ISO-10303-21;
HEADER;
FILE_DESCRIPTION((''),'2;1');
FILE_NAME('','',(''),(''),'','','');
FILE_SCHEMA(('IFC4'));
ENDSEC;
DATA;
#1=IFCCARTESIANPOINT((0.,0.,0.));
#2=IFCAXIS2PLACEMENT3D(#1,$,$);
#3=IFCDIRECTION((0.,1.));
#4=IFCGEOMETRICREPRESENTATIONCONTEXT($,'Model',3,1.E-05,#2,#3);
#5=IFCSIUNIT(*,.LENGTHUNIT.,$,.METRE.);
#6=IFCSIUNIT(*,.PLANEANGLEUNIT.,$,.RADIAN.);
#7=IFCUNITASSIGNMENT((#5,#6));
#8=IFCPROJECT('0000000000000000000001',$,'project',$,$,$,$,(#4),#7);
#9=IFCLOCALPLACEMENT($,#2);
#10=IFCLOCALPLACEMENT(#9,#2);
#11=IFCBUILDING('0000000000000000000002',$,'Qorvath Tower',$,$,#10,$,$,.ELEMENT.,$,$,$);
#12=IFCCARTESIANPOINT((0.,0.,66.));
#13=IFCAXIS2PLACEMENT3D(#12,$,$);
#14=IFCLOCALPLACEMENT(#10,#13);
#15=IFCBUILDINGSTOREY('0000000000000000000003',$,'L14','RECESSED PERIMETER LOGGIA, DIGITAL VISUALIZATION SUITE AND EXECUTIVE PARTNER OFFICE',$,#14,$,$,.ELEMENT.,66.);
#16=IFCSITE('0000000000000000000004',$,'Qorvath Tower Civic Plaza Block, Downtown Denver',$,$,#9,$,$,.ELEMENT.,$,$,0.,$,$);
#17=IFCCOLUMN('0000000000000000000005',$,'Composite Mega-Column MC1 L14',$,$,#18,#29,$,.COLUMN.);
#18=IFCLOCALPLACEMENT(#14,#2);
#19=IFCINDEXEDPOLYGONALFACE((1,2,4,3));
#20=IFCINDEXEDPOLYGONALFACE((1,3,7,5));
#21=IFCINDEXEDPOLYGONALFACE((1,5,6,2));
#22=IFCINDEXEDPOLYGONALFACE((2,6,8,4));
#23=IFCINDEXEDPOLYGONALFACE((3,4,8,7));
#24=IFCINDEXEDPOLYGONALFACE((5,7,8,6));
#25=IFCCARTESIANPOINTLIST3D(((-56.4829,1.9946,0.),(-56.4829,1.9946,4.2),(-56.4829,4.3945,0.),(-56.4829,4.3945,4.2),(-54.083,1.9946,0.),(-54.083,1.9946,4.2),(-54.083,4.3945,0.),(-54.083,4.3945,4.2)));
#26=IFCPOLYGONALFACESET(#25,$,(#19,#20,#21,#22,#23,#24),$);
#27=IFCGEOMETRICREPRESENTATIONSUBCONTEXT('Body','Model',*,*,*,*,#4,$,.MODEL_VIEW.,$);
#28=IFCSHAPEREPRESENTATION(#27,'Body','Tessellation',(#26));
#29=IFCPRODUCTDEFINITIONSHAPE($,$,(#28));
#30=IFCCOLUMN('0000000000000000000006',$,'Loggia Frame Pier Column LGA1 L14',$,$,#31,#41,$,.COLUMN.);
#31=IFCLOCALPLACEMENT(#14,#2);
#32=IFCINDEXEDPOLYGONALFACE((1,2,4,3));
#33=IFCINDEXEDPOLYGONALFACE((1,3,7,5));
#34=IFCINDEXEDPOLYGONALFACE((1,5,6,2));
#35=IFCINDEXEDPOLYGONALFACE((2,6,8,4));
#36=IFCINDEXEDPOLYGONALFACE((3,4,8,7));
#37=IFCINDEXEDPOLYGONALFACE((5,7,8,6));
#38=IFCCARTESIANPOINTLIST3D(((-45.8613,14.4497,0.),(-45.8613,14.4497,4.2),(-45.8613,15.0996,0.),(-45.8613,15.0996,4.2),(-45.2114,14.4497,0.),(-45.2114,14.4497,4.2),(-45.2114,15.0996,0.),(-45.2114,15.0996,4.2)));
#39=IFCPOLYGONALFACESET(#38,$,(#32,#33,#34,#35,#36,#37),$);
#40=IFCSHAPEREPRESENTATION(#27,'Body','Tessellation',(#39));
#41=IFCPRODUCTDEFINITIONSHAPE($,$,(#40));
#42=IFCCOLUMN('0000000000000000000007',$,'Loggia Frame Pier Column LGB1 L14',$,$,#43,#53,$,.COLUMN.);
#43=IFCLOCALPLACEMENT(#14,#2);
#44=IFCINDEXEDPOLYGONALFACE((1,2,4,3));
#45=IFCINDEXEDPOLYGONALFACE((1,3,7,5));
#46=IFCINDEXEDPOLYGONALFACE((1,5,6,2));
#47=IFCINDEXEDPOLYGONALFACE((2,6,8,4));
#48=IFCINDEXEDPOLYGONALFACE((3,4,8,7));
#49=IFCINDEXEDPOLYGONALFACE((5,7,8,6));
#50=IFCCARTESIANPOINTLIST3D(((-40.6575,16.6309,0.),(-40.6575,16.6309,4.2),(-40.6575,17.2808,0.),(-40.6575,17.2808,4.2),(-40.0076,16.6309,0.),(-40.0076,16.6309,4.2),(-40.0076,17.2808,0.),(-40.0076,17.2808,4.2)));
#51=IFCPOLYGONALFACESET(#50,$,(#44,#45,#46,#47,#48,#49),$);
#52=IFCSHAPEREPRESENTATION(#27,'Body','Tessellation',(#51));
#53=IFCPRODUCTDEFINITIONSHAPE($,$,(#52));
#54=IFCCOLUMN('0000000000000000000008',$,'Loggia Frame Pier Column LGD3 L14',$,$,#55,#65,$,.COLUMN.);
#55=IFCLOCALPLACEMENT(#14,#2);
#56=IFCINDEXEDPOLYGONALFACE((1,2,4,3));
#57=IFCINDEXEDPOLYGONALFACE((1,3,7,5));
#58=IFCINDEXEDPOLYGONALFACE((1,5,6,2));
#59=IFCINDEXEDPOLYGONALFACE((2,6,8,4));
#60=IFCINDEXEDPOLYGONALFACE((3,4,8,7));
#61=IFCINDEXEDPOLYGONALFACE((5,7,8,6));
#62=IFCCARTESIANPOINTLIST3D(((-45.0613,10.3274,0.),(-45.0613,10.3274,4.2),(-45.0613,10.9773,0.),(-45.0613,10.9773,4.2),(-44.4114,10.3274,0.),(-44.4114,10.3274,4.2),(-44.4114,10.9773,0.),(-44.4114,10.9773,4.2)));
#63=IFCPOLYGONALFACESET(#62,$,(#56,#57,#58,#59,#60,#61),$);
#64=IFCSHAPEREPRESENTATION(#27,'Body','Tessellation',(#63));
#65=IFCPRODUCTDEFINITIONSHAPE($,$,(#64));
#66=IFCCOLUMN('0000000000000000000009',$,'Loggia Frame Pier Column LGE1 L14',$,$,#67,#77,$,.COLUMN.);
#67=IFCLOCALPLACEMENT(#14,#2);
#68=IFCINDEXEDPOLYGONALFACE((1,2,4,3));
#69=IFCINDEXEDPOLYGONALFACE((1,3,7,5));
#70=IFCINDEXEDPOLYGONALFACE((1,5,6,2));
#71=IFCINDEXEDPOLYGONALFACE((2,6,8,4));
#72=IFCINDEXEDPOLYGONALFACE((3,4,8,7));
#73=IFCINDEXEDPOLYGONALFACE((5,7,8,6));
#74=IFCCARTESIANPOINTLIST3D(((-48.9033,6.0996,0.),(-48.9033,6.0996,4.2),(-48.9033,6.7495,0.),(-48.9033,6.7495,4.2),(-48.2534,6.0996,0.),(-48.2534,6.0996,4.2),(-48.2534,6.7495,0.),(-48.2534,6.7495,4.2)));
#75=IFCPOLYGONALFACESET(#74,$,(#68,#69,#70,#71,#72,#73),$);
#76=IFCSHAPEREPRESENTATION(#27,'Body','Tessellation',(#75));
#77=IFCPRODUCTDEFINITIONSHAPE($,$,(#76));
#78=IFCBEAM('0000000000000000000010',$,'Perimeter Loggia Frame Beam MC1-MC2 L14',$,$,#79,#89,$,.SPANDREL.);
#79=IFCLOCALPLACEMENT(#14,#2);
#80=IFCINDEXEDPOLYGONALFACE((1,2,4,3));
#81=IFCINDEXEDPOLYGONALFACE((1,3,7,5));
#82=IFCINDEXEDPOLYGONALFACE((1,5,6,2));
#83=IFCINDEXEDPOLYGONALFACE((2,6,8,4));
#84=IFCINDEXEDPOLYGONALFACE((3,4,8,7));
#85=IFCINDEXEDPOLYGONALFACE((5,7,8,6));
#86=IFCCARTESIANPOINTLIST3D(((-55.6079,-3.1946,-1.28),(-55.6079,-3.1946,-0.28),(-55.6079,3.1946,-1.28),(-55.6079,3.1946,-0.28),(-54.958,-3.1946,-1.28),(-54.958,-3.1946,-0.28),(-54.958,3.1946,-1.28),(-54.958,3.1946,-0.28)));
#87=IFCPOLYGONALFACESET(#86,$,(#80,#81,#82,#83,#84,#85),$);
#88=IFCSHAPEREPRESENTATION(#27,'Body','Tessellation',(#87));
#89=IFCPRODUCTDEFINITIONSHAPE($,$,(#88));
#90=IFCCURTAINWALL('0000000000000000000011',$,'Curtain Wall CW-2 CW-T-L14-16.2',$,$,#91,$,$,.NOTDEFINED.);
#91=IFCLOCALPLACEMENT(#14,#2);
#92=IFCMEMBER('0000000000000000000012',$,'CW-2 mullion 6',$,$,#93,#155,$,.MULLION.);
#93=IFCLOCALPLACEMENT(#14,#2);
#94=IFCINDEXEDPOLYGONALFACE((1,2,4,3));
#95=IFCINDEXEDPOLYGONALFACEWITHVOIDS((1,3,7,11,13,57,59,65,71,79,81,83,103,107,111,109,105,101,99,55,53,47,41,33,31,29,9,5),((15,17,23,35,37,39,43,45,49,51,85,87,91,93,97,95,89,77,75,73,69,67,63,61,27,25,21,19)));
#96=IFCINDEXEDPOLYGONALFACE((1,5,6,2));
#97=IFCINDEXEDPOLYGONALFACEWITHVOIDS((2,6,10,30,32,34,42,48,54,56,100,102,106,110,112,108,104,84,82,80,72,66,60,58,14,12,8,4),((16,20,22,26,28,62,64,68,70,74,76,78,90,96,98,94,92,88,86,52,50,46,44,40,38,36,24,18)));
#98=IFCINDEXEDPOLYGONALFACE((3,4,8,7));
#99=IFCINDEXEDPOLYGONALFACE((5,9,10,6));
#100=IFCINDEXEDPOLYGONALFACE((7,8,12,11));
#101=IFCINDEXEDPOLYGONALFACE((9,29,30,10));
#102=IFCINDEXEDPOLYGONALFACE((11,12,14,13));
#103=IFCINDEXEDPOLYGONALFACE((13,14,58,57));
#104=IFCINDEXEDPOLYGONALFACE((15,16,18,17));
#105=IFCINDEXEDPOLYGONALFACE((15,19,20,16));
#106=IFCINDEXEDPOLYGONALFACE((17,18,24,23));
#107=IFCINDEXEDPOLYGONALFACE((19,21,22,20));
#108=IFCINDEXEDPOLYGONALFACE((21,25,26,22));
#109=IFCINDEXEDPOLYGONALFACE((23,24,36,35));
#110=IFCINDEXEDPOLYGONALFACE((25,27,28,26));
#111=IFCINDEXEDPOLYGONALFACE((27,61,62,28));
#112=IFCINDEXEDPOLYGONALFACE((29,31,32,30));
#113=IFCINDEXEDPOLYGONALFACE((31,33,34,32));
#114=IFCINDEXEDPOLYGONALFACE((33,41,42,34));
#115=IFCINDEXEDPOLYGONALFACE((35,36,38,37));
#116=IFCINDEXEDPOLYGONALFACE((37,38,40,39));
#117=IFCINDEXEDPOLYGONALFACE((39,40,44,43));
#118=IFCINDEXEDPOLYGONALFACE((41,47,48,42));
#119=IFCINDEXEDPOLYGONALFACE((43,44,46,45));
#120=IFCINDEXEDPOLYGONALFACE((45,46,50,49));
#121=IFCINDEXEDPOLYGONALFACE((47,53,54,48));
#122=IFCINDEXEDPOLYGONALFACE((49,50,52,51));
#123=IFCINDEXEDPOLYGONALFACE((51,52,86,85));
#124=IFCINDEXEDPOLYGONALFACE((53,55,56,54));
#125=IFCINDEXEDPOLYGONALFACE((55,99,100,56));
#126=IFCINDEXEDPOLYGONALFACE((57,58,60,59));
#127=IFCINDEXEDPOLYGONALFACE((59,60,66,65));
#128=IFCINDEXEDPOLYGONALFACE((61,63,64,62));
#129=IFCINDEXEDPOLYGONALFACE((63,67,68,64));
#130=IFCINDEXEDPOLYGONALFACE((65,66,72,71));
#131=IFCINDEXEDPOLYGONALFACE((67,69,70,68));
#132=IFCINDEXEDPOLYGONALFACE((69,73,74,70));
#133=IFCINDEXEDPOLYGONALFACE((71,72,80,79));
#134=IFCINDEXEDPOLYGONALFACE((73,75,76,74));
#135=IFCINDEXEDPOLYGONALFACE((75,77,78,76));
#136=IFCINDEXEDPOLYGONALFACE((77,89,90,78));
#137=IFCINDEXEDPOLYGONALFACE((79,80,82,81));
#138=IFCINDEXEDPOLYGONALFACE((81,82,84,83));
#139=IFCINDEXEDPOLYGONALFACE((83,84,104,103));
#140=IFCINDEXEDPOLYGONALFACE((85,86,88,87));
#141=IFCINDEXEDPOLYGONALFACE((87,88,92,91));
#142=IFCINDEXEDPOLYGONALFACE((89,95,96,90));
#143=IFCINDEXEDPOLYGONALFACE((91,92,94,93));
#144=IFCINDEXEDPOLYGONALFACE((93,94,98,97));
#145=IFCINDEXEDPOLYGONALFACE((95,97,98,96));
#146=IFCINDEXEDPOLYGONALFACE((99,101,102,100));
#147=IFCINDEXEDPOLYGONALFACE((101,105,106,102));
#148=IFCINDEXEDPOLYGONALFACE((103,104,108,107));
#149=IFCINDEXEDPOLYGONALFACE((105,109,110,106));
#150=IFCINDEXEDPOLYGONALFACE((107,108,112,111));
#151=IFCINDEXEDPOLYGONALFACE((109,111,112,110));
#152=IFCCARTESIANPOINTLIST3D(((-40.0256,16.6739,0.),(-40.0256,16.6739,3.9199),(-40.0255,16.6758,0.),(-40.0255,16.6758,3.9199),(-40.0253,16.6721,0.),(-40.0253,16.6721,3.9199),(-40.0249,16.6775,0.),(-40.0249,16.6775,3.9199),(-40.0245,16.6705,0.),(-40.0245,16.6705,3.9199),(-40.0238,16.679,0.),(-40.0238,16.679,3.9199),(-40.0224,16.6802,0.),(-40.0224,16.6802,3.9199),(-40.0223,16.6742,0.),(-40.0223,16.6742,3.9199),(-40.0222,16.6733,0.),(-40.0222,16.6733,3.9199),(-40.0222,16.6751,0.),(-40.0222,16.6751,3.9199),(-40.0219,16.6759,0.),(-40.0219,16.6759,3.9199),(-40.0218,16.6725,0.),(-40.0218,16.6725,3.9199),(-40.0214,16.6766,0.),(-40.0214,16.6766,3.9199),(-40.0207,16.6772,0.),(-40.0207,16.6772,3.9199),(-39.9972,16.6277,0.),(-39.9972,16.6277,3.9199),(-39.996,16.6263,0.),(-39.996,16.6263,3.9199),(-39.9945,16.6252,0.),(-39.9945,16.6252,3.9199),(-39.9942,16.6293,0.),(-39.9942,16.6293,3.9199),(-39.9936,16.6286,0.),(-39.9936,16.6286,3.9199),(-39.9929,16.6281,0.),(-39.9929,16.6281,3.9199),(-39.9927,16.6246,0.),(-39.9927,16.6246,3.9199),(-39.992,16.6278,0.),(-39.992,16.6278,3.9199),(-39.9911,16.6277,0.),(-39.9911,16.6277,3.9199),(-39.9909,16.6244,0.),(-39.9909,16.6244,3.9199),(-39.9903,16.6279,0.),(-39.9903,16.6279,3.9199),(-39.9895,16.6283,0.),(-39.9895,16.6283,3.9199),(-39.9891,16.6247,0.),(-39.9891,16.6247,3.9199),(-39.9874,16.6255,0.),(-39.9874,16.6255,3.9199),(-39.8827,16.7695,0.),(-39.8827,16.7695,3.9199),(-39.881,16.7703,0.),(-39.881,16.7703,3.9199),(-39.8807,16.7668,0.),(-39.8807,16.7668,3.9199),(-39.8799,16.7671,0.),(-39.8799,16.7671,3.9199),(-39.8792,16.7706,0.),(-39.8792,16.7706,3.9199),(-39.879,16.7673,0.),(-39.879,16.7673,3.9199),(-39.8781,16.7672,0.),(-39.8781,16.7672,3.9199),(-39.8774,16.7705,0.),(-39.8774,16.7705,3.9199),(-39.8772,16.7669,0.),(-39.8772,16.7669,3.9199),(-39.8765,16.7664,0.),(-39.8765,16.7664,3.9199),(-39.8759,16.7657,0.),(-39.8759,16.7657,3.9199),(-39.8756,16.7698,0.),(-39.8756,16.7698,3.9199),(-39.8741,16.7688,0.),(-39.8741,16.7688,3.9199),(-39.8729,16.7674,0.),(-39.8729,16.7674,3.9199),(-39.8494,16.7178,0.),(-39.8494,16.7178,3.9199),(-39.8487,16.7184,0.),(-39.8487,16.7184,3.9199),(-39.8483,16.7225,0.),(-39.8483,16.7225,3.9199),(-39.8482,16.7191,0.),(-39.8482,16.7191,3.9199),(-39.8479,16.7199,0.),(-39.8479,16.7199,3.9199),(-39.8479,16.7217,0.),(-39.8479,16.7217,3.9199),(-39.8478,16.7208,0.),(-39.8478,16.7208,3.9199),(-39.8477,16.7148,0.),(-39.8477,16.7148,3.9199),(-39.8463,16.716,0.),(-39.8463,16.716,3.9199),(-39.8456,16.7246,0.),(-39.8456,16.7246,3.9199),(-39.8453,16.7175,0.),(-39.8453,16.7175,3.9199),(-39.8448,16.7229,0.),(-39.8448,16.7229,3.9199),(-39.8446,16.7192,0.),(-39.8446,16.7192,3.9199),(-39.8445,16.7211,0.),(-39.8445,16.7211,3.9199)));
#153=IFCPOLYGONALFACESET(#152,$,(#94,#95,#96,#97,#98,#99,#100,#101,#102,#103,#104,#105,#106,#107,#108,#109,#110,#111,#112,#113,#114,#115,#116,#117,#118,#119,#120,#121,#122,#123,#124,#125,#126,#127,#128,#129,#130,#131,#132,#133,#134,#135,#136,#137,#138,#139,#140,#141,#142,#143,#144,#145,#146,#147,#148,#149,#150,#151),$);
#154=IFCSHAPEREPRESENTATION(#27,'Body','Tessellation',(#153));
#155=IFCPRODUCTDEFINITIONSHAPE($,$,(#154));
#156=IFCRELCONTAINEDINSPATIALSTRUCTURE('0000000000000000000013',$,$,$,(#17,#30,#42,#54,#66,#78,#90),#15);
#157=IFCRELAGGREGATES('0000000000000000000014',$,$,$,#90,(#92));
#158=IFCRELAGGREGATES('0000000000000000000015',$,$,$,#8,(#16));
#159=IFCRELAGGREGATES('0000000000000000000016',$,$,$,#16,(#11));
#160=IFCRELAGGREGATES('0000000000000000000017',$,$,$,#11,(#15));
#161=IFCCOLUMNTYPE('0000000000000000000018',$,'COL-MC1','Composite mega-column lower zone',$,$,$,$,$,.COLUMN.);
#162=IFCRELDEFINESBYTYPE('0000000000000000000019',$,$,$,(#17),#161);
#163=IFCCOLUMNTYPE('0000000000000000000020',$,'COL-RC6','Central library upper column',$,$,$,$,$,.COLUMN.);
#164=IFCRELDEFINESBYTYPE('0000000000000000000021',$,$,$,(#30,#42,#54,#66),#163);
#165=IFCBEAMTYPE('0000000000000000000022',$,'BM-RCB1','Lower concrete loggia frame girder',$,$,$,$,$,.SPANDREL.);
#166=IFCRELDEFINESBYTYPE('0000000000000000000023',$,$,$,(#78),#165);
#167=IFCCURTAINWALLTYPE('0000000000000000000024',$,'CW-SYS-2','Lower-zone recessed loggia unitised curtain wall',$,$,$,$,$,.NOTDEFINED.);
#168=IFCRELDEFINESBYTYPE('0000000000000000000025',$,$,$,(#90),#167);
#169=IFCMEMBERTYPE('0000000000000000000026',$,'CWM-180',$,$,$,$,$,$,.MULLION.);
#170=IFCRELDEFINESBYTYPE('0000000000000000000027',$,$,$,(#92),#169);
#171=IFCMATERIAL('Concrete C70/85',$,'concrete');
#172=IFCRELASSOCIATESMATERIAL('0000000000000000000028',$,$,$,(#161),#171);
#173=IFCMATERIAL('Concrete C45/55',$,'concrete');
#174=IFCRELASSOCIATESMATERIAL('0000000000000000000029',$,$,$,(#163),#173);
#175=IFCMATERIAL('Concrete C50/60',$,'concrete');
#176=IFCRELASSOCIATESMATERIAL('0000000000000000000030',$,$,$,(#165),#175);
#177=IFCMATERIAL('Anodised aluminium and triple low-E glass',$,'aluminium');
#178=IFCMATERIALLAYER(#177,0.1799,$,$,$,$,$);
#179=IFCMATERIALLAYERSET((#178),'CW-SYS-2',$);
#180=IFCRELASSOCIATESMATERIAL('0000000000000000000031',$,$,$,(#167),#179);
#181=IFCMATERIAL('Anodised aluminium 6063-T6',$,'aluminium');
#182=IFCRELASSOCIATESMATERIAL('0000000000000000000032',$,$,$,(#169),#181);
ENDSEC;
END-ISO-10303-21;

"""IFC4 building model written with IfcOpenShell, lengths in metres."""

from ifc_helpers import new_model, si_unit, direction, frame, origin, origin_2d, place, context, subcontext, project, spatial, rectangle, hollow_rectangle, extrude, material, layer, layer_set, material_profile, profile_set, type_object, element, aggregate, save


model = new_model("IFC4")

# Units and contexts
model_context = context("Model", 3, precision=1e-05, world=origin(), true_north=direction((0.0, 1.0)))
body_context = subcontext(model_context, "Body", "Model", "MODEL_VIEW")
ifc_project = project(units=[si_unit("LENGTHUNIT", "METRE"), si_unit("PLANEANGLEUNIT", "RADIAN")], contexts=[model_context])

# Site, building, storey
site_placement = place(None, origin())
site = spatial("IfcSite", under=ifc_project, at=site_placement, Name="Qorvath Tower Civic Plaza Block, Downtown Denver", CompositionType="ELEMENT", RefElevation=0.0)
building_placement = place(site_placement, origin())
building = spatial("IfcBuilding", under=site, at=building_placement, Name="Qorvath Tower", CompositionType="ELEMENT")
storey_placement = place(building_placement, frame((0.0, 0.0, 66.0)))
storey = spatial("IfcBuildingStorey", under=building, at=storey_placement, Name="L14", Description="RECESSED PERIMETER LOGGIA, DIGITAL VISUALIZATION SUITE AND EXECUTIVE PARTNER OFFICE", CompositionType="ELEMENT", Elevation=66.0)

# Columns
ifc_material_1 = material(Name="Concrete C70/85", Category="concrete")
ifc_material_profile_1 = material_profile(ifc_material_1, rectangle(XDim=2.3999, YDim=2.3999, at=origin_2d()), Name="MC 2400x2400")
ifc_profile_set_1 = profile_set([ifc_material_profile_1], Name="Concrete C70/85")
column_type_1 = type_object("IfcColumnType", Name="COL-MC1", Description="Composite mega-column lower zone", PredefinedType="COLUMN", material=ifc_profile_set_1)
column_placement = place(storey_placement, frame((-55.283, 3.1946, 0.0), z_axis=(0.0, 0.0, 1.0), x_axis=(1.0, 0.0, 0.0)))
element("IfcColumn", 1, at=column_placement, inside=storey, type_object=column_type_1, Name="Composite Mega-Column MC1 L14", PredefinedType="COLUMN", context=body_context, shape_type="SweptSolid", body=[
    extrude(rectangle(XDim=2.3999, YDim=2.3999, at=origin_2d()), origin(), (0.0, 0.0, 1.0), 4.2),
])
ifc_material_2 = material(Name="Concrete C45/55", Category="concrete")
ifc_material_profile_2 = material_profile(ifc_material_2, rectangle(XDim=0.6499, YDim=0.6499, at=origin_2d()), Name="RC 650x650")
ifc_profile_set_2 = profile_set([ifc_material_profile_2], Name="Concrete C45/55")
column_type_2 = type_object("IfcColumnType", Name="COL-RC6", Description="Central library upper column", PredefinedType="COLUMN", material=ifc_profile_set_2)
for number, where, z_axis, x_axis, name in (
    (2, (-45.5364, 14.7747, 0.0), (0.0, 0.0, 1.0), (1.0, 0.0, 0.0), "Loggia Frame Pier Column LGA1 L14"),
    (3, (-40.3325, 16.9558, 0.0), (0.0, 0.0, 1.0), (1.0, 0.0, 0.0), "Loggia Frame Pier Column LGB1 L14"),
    (4, (-44.7363, 10.6523, 0.0), (0.0, 0.0, 1.0), (1.0, 0.0, 0.0), "Loggia Frame Pier Column LGD3 L14"),
    (5, (-48.5784, 6.4246, 0.0), (0.0, 0.0, 1.0), (1.0, 0.0, 0.0), "Loggia Frame Pier Column LGE1 L14"),
):
    element("IfcColumn", number, at=place(storey_placement, frame(where, z_axis=z_axis, x_axis=x_axis)), inside=storey, type_object=column_type_2, Name=name, PredefinedType="COLUMN", context=body_context, shape_type="SweptSolid", body=[
        extrude(rectangle(XDim=0.6499, YDim=0.6499, at=origin_2d()), origin(), (0.0, 0.0, 1.0), 4.2),
    ])

# Beam
ifc_material_3 = material(Name="Concrete C50/60", Category="concrete")
ifc_material_profile_3 = material_profile(ifc_material_3, rectangle(XDim=0.6499, YDim=1.0, at=origin_2d()), Name="RCB 1000x650")
ifc_profile_set_3 = profile_set([ifc_material_profile_3], Name="Concrete C50/60")
beam_type = type_object("IfcBeamType", Name="BM-RCB1", Description="Lower concrete loggia frame girder", PredefinedType="SPANDREL", material=ifc_profile_set_3)
beam_placement = place(storey_placement, frame((-55.283, 3.1946, -0.78), z_axis=(0.0, -1.0, 0.0), x_axis=(1.0, 0.0, 0.0)))
element("IfcBeam", 6, at=beam_placement, inside=storey, type_object=beam_type, Name="Perimeter Loggia Frame Beam MC1-MC2 L14", PredefinedType="SPANDREL", context=body_context, shape_type="SweptSolid", body=[
    extrude(rectangle(XDim=0.6499, YDim=1.0, at=origin_2d()), origin(), (0.0, 0.0, 1.0), 6.3892),
])

# Curtain wall, member
ifc_material_4 = material(Name="Anodised aluminium and triple low-E glass", Category="aluminium")
ifc_layer_1 = layer(ifc_material_4, 0.1799)
ifc_layer_set_1 = layer_set([ifc_layer_1], Name="CW-SYS-2")
curtain_wall_type = type_object("IfcCurtainWallType", Name="CW-SYS-2", Description="Lower-zone recessed loggia unitised curtain wall", PredefinedType="NOTDEFINED", material=ifc_layer_set_1)
curtain_wall_1_placement = place(storey_placement, origin())
curtain_wall_1 = element("IfcCurtainWall", 7, at=curtain_wall_1_placement, inside=storey, type_object=curtain_wall_type, Name="Curtain Wall CW-2 CW-T-L14-16.2", PredefinedType="NOTDEFINED")
ifc_material_5 = material(Name="Anodised aluminium 6063-T6", Category="aluminium")
ifc_material_profile_4 = material_profile(ifc_material_5, hollow_rectangle(XDim=0.0649, YDim=0.1799, WallThickness=0.0034, InnerFilletRadius=0.0034, OuterFilletRadius=0.0071, at=origin_2d()), Name="CWM 180x65")
ifc_profile_set_4 = profile_set([ifc_material_profile_4], Name="Anodised aluminium 6063-T6")
member_type_1 = type_object("IfcMemberType", Name="CWM-180", PredefinedType="MULLION", material=ifc_profile_set_4)
member_1_placement = place(storey_placement, frame((-39.9351, 16.6975, 0.0), z_axis=(0.0, 0.0, 1.0), x_axis=(0.538542, -0.842599, 0.0)))
member_1 = element("IfcMember", 8, at=member_1_placement, type_object=member_type_1, Name="CW-2 mullion 6", PredefinedType="MULLION", context=body_context, shape_type="SweptSolid", body=[
    extrude(hollow_rectangle(XDim=0.0649, YDim=0.1799, WallThickness=0.0034, InnerFilletRadius=0.0034, OuterFilletRadius=0.0071, at=origin_2d()), origin(), (0.0, 0.0, 1.0), 3.9199),
])
aggregate(curtain_wall_1, [member_1])

save(model, "model.ifc")
